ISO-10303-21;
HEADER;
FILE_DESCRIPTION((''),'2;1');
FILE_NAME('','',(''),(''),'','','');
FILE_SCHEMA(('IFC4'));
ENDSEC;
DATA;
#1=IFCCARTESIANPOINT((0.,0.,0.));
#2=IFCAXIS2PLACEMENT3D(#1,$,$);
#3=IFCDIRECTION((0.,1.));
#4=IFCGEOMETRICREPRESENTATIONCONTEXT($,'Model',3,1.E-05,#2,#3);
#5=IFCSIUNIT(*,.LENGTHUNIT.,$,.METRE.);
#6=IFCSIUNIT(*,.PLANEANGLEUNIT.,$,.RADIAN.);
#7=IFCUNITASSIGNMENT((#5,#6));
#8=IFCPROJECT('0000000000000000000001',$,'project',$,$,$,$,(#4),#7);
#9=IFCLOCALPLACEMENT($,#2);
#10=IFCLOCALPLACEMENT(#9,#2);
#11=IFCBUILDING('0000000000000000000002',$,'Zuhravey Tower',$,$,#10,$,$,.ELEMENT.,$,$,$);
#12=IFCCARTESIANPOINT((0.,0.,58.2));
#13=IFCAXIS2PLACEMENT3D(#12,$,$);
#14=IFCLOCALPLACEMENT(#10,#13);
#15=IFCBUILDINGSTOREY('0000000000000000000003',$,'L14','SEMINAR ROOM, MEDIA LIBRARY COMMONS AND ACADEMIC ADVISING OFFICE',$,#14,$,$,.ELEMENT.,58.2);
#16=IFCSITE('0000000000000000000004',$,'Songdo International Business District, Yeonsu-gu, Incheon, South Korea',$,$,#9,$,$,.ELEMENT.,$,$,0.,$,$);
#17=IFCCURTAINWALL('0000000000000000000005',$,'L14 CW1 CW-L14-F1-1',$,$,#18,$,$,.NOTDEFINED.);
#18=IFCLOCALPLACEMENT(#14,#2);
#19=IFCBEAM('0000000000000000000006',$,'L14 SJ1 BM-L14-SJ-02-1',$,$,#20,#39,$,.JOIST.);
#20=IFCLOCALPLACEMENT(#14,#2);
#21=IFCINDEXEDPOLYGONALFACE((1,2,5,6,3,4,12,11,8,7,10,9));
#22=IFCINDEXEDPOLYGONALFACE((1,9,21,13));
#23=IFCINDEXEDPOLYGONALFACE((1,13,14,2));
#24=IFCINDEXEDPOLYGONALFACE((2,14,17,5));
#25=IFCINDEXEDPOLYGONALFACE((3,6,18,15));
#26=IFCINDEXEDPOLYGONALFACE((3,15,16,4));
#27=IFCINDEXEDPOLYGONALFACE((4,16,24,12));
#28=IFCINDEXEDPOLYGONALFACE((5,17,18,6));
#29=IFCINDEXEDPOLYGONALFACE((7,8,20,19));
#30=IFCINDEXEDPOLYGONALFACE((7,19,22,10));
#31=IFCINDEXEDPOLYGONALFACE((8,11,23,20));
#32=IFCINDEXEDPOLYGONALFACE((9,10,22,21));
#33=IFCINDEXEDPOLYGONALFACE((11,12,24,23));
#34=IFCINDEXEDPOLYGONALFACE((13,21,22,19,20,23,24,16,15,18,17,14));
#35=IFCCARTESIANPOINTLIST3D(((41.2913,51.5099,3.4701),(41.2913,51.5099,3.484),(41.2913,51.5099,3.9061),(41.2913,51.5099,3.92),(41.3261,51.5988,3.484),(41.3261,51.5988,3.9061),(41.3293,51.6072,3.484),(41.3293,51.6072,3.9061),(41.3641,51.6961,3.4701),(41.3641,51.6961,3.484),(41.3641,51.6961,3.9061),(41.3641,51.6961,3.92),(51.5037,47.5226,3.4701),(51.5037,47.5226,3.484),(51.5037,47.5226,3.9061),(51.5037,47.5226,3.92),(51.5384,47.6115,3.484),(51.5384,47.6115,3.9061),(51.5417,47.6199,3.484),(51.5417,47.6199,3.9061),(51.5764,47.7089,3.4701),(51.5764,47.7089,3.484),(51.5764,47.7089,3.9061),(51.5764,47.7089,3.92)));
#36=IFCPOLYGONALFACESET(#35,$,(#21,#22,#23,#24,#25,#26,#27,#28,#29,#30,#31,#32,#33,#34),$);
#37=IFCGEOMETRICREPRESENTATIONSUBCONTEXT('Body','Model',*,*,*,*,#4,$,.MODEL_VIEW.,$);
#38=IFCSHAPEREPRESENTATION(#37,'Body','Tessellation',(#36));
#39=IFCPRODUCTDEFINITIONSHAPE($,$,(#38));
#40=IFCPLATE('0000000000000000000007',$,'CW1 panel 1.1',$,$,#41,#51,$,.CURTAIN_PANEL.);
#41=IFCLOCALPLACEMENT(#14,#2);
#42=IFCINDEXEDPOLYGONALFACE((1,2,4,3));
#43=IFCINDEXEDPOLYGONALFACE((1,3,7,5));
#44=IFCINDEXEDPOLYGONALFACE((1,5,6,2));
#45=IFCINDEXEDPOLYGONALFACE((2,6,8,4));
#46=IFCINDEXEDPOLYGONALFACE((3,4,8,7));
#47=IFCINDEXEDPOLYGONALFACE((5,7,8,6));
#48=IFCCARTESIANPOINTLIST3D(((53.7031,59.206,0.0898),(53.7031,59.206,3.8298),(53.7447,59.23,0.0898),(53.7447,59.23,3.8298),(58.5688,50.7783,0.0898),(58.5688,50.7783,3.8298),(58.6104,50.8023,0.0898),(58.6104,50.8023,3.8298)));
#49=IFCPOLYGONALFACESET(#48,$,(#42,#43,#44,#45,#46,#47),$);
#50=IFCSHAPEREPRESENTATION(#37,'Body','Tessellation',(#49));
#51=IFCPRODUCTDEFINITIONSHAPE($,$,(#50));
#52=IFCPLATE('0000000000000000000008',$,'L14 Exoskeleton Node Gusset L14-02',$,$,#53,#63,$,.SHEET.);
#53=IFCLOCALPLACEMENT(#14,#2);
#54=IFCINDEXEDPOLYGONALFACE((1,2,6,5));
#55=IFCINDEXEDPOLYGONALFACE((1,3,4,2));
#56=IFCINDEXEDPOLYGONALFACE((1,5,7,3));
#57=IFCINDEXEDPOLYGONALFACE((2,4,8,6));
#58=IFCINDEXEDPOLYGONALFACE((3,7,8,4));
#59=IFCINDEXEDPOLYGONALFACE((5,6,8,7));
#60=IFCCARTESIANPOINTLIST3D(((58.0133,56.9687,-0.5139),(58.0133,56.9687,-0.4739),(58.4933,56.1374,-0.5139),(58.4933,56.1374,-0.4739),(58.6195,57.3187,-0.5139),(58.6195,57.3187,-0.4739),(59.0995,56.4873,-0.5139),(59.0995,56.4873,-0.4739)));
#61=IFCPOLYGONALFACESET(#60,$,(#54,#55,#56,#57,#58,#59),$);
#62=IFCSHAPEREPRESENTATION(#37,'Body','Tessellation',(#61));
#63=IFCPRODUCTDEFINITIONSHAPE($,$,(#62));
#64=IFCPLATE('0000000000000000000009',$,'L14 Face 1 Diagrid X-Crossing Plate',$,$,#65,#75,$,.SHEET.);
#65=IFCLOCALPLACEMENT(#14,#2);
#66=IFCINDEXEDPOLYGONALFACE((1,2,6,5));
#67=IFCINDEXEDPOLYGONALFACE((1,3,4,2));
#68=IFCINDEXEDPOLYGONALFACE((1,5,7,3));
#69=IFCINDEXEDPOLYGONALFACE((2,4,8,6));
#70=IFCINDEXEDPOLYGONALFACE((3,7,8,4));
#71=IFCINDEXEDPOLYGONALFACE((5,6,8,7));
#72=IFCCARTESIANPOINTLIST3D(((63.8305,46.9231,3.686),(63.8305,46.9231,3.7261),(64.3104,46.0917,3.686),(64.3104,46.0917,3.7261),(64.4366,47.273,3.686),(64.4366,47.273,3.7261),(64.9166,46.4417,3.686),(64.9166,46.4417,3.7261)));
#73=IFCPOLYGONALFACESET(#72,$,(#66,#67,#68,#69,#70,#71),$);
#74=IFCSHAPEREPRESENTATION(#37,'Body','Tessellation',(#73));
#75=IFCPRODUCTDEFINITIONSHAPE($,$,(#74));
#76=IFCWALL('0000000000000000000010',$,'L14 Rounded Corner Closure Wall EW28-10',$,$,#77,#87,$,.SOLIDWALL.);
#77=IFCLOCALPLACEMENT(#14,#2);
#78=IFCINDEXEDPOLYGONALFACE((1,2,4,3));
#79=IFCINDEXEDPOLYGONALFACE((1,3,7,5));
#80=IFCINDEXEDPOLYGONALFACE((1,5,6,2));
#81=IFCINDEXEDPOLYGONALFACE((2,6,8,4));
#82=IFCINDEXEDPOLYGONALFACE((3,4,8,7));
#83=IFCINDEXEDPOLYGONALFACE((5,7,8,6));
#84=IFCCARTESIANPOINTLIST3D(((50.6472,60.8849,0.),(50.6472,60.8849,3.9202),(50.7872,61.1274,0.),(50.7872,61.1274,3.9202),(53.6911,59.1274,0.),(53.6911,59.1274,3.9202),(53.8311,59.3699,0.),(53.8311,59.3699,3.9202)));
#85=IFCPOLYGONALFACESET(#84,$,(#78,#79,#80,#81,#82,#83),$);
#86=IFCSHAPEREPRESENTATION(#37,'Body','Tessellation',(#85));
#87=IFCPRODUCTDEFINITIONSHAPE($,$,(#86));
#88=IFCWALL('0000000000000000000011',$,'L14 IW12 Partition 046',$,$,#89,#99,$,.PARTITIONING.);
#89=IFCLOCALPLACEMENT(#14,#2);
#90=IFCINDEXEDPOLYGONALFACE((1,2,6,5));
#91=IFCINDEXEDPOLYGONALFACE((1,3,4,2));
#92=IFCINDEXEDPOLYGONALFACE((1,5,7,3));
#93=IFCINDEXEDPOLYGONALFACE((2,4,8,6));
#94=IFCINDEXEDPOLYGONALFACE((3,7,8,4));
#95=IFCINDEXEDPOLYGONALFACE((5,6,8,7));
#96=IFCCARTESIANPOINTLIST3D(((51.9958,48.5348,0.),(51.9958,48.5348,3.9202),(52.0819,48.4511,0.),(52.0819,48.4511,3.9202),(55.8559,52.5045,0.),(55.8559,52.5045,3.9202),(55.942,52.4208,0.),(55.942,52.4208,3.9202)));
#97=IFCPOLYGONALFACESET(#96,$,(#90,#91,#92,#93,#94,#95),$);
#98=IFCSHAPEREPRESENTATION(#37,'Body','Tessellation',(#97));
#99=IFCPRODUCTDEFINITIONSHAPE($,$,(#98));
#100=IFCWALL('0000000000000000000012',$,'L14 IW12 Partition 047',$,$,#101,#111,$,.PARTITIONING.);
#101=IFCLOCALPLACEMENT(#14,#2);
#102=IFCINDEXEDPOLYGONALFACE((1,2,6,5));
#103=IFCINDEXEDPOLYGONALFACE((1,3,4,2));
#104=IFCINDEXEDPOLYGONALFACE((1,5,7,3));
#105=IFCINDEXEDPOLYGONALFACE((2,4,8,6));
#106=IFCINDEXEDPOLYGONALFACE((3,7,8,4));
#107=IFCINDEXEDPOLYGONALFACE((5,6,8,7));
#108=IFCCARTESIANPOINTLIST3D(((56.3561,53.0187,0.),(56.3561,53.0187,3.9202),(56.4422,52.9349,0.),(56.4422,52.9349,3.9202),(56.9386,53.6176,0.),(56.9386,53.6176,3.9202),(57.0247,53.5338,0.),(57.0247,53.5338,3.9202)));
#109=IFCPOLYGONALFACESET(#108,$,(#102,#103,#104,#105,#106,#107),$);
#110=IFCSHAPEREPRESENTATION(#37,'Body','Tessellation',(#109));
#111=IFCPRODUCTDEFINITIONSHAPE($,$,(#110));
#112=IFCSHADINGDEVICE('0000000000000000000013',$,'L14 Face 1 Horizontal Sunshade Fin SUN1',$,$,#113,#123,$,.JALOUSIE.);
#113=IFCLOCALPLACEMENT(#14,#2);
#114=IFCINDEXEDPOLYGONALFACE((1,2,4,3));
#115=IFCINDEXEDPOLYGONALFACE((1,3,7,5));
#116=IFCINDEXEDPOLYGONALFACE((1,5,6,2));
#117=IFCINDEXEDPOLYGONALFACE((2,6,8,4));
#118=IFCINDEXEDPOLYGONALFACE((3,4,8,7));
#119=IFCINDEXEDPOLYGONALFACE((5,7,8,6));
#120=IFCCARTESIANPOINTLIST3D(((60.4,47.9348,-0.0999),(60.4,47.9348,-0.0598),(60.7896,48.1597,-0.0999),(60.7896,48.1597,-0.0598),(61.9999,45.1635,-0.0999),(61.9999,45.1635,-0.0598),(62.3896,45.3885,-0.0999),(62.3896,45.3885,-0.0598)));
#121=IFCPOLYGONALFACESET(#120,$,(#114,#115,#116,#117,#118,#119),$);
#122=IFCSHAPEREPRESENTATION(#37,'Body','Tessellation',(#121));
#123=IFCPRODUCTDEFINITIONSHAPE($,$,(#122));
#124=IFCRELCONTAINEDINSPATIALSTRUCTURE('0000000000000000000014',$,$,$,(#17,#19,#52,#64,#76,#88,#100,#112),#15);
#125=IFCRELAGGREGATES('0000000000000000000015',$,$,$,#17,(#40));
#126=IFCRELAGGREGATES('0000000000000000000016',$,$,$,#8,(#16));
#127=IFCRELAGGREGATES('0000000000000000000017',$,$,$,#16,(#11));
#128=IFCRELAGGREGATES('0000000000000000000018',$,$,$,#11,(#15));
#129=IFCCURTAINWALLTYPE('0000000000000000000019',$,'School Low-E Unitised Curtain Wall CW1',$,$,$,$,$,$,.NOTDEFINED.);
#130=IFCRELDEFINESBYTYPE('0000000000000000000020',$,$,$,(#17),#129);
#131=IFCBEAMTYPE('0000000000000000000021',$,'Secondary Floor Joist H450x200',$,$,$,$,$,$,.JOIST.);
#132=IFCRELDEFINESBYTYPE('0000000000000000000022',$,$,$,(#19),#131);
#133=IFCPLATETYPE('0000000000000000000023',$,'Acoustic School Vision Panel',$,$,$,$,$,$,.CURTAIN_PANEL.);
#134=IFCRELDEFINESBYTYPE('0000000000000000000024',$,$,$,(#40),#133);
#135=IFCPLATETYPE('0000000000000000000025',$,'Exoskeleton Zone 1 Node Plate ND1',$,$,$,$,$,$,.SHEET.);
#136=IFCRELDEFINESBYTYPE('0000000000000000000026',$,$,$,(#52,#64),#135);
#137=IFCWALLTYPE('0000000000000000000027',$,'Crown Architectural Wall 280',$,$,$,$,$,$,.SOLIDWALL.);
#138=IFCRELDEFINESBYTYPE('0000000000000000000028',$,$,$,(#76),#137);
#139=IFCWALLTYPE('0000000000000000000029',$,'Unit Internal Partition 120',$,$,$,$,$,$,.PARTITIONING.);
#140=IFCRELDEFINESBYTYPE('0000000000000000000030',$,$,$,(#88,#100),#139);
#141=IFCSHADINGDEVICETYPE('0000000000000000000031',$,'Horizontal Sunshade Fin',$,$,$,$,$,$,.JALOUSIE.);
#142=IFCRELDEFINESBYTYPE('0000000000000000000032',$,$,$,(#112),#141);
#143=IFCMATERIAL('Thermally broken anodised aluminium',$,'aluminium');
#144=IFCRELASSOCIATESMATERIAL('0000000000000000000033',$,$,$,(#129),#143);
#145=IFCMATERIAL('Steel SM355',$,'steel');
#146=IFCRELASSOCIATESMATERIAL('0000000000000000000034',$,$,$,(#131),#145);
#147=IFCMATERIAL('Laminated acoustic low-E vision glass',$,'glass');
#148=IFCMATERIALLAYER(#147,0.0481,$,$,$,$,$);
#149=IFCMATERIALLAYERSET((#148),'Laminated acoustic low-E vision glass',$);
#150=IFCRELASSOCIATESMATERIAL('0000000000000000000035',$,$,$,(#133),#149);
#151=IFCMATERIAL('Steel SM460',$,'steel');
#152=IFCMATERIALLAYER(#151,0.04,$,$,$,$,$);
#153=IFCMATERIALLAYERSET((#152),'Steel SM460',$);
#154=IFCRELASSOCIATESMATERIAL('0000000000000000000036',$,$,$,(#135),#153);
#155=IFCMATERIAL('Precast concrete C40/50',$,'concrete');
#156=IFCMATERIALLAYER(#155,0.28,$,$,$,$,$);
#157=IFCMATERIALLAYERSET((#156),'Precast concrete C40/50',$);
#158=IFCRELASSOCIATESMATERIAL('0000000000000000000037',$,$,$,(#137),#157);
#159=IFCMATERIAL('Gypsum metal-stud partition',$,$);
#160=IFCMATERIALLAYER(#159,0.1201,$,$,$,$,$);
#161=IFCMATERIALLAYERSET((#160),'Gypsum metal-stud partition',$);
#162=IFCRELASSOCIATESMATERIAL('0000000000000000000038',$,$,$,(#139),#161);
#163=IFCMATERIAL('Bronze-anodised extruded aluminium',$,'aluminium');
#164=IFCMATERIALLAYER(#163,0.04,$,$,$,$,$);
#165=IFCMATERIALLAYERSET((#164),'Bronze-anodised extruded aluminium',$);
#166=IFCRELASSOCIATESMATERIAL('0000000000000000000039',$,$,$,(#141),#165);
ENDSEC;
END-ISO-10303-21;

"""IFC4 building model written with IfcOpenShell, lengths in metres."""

from ifc_helpers import new_model, si_unit, direction, frame, frame_2d, origin, origin_2d, place, context, subcontext, project, spatial, rectangle, i_section, extrude, material, layer, layer_set, material_profile, profile_set, type_object, element, aggregate, save


model = new_model("IFC4")

# Units and contexts
model_context = context("Model", 3, precision=1e-05, world=origin(), true_north=direction((0.0, 1.0)))
body_context = subcontext(model_context, "Body", "Model", "MODEL_VIEW")
ifc_project = project(units=[si_unit("LENGTHUNIT", "METRE"), si_unit("PLANEANGLEUNIT", "RADIAN")], contexts=[model_context])

# Site, building, storey
site_placement = place(None, origin())
site = spatial("IfcSite", under=ifc_project, at=site_placement, Name="Songdo International Business District, Yeonsu-gu, Incheon, South Korea", CompositionType="ELEMENT", RefElevation=0.0)
building_placement = place(site_placement, origin())
building = spatial("IfcBuilding", under=site, at=building_placement, Name="Zuhravey Tower", CompositionType="ELEMENT")
storey_placement = place(building_placement, frame((0.0, 0.0, 58.2)))
storey = spatial("IfcBuildingStorey", under=building, at=storey_placement, Name="L14", Description="SEMINAR ROOM, MEDIA LIBRARY COMMONS AND ACADEMIC ADVISING OFFICE", CompositionType="ELEMENT", Elevation=58.2)

# Shared definitions
ifc_material_1 = material(Name="Thermally broken anodised aluminium", Category="aluminium")
curtain_wall_type = type_object("IfcCurtainWallType", Name="School Low-E Unitised Curtain Wall CW1", PredefinedType="NOTDEFINED", material=ifc_material_1)

# Curtain wall
curtain_wall_1_placement = place(storey_placement, origin())
curtain_wall_1 = element("IfcCurtainWall", 1, at=curtain_wall_1_placement, inside=storey, type_object=curtain_wall_type, Name="L14 CW1 CW-L14-F1-1", PredefinedType="NOTDEFINED")

# Shared definitions
ifc_material_2 = material(Name="Steel SM460", Category="steel")

# Beam
ifc_material_3 = material(Name="Steel SM355", Category="steel")
ifc_material_profile_1 = material_profile(ifc_material_3, i_section(OverallWidth=0.2, OverallDepth=0.45, WebThickness=0.009, FlangeThickness=0.0139, at=origin_2d()), Name="H-450x200x9x14")
ifc_profile_set_1 = profile_set([ifc_material_profile_1], Name="Steel SM355")
beam_type_1 = type_object("IfcBeamType", Name="Secondary Floor Joist H450x200", PredefinedType="JOIST", material=ifc_profile_set_1)
beam_1_placement = place(storey_placement, frame((51.54, 47.6157, 3.6951), z_axis=(-0.931517, 0.363699, 0.0), x_axis=(-0.363699, -0.931517, 0.0)))
element("IfcBeam", 2, at=beam_1_placement, inside=storey, type_object=beam_type_1, Name="L14 SJ1 BM-L14-SJ-02-1", PredefinedType="JOIST", context=body_context, shape_type="SweptSolid", body=[
    extrude(i_section(OverallWidth=0.2, OverallDepth=0.45, WebThickness=0.009, FlangeThickness=0.0139, at=origin_2d()), origin(), (0.0, 0.0, 1.0), 10.9631),
])

# Plate
ifc_material_4 = material(Name="Laminated acoustic low-E vision glass", Category="glass")
ifc_layer_1 = layer(ifc_material_4, 0.0481)
ifc_layer_set_1 = layer_set([ifc_layer_1], Name="Laminated acoustic low-E vision glass")
plate_type_1 = type_object("IfcPlateType", Name="Acoustic School Vision Panel", PredefinedType="CURTAIN_PANEL", material=ifc_layer_set_1)
plate_placement = place(storey_placement, frame((56.1567, 55.0042, 0.0898), z_axis=(0.0, 0.0, 1.0), x_axis=(0.5, -0.866026, 0.0)))
plate = element("IfcPlate", 3, at=plate_placement, type_object=plate_type_1, Name="CW1 panel 1.1", PredefinedType="CURTAIN_PANEL", context=body_context, shape_type="SweptSolid", body=[
    extrude(rectangle(XDim=9.7314, YDim=0.0481, at=origin_2d()), origin(), (0.0, 0.0, 1.0), 3.74),
])
aggregate(curtain_wall_1, [plate])

# Plates
ifc_layer_2 = layer(ifc_material_2, 0.04)
ifc_layer_set_2 = layer_set([ifc_layer_2], Name="Steel SM460")
plate_type_2 = type_object("IfcPlateType", Name="Exoskeleton Zone 1 Node Plate ND1", PredefinedType="SHEET", material=ifc_layer_set_2)
for number, where, z_axis, x_axis, name in (
    (4, (58.5564, 56.728, -0.5139), (0.0, 0.0, 1.0), (-0.5, 0.866025, 0.0), "L14 Exoskeleton Node Gusset L14-02"),
    (5, (64.3735, 46.6824, 3.686), (0.0, 0.0, 1.0), (-0.5, 0.866025, 0.0), "L14 Face 1 Diagrid X-Crossing Plate"),
):
    element("IfcPlate", number, at=place(storey_placement, frame(where, z_axis=z_axis, x_axis=x_axis)), inside=storey, type_object=plate_type_2, Name=name, PredefinedType="SHEET", context=body_context, shape_type="SweptSolid", body=[
        extrude(rectangle(XDim=0.96, YDim=0.7, at=origin_2d()), origin(), (0.0, 0.0, 1.0), 0.04),
    ])

# Walls
ifc_material_5 = material(Name="Precast concrete C40/50", Category="concrete")
ifc_layer_3 = layer(ifc_material_5, 0.28)
ifc_layer_set_3 = layer_set([ifc_layer_3], Name="Precast concrete C40/50")
wall_type_1 = type_object("IfcWallType", Name="Crown Architectural Wall 280", PredefinedType="SOLIDWALL", material=ifc_layer_set_3)
wall_1_placement = place(storey_placement, frame((50.7173, 61.0061, 0.0), z_axis=(0.0, 0.0, 1.0), x_axis=(0.866007, -0.500031, 0.0)))
element("IfcWall", 6, at=wall_1_placement, inside=storey, type_object=wall_type_1, Name="L14 Rounded Corner Closure Wall EW28-10", PredefinedType="SOLIDWALL", context=body_context, shape_type="SweptSolid", body=[
    extrude(rectangle(XDim=3.5149, YDim=0.28, at=frame_2d((1.7573, 0.0))), origin(), (0.0, 0.0, 1.0), 3.9202),
])
ifc_material_6 = material(Name="Gypsum metal-stud partition")
ifc_layer_4 = layer(ifc_material_6, 0.1201)
ifc_layer_set_4 = layer_set([ifc_layer_4], Name="Gypsum metal-stud partition")
wall_type_2 = type_object("IfcWallType", Name="Unit Internal Partition 120", PredefinedType="PARTITIONING", material=ifc_layer_set_4)
wall_2_placement = place(storey_placement, frame((52.0388, 48.4929, 0.0), z_axis=(0.0, 0.0, 1.0), x_axis=(0.697139, 0.716936, 0.0)))
element("IfcWall", 7, at=wall_2_placement, inside=storey, type_object=wall_type_2, Name="L14 IW12 Partition 046", PredefinedType="PARTITIONING", context=body_context, shape_type="SweptSolid", body=[
    extrude(rectangle(XDim=5.5371, YDim=0.1201, at=frame_2d((2.7686, 0.0))), origin(), (0.0, 0.0, 1.0), 3.9202),
])
wall_3_placement = place(storey_placement, frame((56.3992, 52.9768, 0.0), z_axis=(0.0, 0.0, 1.0), x_axis=(0.697249, 0.716829, 0.0)))
element("IfcWall", 8, at=wall_3_placement, inside=storey, type_object=wall_type_2, Name="L14 IW12 Partition 047", PredefinedType="PARTITIONING", context=body_context, shape_type="SweptSolid", body=[
    extrude(rectangle(XDim=0.8354, YDim=0.1201, at=frame_2d((0.4177, 0.0))), origin(), (0.0, 0.0, 1.0), 3.9202),
])

# Shading device
ifc_material_7 = material(Name="Bronze-anodised extruded aluminium", Category="aluminium")
ifc_layer_5 = layer(ifc_material_7, 0.04)
ifc_layer_set_5 = layer_set([ifc_layer_5], Name="Bronze-anodised extruded aluminium")
shading_device_type = type_object("IfcShadingDeviceType", Name="Horizontal Sunshade Fin", PredefinedType="JALOUSIE", material=ifc_layer_set_5)
shading_device_placement = place(storey_placement, frame((61.3948, 46.6616, -0.0999), z_axis=(0.0, 0.0, 1.0), x_axis=(0.5, -0.866025, 0.0)))
element("IfcShadingDevice", 9, at=shading_device_placement, inside=storey, type_object=shading_device_type, Name="L14 Face 1 Horizontal Sunshade Fin SUN1", PredefinedType="JALOUSIE", context=body_context, shape_type="SweptSolid", body=[
    extrude(rectangle(XDim=3.2, YDim=0.45, at=origin_2d()), origin(), (0.0, 0.0, 1.0), 0.04),
])

save(model, "model.ifc")
